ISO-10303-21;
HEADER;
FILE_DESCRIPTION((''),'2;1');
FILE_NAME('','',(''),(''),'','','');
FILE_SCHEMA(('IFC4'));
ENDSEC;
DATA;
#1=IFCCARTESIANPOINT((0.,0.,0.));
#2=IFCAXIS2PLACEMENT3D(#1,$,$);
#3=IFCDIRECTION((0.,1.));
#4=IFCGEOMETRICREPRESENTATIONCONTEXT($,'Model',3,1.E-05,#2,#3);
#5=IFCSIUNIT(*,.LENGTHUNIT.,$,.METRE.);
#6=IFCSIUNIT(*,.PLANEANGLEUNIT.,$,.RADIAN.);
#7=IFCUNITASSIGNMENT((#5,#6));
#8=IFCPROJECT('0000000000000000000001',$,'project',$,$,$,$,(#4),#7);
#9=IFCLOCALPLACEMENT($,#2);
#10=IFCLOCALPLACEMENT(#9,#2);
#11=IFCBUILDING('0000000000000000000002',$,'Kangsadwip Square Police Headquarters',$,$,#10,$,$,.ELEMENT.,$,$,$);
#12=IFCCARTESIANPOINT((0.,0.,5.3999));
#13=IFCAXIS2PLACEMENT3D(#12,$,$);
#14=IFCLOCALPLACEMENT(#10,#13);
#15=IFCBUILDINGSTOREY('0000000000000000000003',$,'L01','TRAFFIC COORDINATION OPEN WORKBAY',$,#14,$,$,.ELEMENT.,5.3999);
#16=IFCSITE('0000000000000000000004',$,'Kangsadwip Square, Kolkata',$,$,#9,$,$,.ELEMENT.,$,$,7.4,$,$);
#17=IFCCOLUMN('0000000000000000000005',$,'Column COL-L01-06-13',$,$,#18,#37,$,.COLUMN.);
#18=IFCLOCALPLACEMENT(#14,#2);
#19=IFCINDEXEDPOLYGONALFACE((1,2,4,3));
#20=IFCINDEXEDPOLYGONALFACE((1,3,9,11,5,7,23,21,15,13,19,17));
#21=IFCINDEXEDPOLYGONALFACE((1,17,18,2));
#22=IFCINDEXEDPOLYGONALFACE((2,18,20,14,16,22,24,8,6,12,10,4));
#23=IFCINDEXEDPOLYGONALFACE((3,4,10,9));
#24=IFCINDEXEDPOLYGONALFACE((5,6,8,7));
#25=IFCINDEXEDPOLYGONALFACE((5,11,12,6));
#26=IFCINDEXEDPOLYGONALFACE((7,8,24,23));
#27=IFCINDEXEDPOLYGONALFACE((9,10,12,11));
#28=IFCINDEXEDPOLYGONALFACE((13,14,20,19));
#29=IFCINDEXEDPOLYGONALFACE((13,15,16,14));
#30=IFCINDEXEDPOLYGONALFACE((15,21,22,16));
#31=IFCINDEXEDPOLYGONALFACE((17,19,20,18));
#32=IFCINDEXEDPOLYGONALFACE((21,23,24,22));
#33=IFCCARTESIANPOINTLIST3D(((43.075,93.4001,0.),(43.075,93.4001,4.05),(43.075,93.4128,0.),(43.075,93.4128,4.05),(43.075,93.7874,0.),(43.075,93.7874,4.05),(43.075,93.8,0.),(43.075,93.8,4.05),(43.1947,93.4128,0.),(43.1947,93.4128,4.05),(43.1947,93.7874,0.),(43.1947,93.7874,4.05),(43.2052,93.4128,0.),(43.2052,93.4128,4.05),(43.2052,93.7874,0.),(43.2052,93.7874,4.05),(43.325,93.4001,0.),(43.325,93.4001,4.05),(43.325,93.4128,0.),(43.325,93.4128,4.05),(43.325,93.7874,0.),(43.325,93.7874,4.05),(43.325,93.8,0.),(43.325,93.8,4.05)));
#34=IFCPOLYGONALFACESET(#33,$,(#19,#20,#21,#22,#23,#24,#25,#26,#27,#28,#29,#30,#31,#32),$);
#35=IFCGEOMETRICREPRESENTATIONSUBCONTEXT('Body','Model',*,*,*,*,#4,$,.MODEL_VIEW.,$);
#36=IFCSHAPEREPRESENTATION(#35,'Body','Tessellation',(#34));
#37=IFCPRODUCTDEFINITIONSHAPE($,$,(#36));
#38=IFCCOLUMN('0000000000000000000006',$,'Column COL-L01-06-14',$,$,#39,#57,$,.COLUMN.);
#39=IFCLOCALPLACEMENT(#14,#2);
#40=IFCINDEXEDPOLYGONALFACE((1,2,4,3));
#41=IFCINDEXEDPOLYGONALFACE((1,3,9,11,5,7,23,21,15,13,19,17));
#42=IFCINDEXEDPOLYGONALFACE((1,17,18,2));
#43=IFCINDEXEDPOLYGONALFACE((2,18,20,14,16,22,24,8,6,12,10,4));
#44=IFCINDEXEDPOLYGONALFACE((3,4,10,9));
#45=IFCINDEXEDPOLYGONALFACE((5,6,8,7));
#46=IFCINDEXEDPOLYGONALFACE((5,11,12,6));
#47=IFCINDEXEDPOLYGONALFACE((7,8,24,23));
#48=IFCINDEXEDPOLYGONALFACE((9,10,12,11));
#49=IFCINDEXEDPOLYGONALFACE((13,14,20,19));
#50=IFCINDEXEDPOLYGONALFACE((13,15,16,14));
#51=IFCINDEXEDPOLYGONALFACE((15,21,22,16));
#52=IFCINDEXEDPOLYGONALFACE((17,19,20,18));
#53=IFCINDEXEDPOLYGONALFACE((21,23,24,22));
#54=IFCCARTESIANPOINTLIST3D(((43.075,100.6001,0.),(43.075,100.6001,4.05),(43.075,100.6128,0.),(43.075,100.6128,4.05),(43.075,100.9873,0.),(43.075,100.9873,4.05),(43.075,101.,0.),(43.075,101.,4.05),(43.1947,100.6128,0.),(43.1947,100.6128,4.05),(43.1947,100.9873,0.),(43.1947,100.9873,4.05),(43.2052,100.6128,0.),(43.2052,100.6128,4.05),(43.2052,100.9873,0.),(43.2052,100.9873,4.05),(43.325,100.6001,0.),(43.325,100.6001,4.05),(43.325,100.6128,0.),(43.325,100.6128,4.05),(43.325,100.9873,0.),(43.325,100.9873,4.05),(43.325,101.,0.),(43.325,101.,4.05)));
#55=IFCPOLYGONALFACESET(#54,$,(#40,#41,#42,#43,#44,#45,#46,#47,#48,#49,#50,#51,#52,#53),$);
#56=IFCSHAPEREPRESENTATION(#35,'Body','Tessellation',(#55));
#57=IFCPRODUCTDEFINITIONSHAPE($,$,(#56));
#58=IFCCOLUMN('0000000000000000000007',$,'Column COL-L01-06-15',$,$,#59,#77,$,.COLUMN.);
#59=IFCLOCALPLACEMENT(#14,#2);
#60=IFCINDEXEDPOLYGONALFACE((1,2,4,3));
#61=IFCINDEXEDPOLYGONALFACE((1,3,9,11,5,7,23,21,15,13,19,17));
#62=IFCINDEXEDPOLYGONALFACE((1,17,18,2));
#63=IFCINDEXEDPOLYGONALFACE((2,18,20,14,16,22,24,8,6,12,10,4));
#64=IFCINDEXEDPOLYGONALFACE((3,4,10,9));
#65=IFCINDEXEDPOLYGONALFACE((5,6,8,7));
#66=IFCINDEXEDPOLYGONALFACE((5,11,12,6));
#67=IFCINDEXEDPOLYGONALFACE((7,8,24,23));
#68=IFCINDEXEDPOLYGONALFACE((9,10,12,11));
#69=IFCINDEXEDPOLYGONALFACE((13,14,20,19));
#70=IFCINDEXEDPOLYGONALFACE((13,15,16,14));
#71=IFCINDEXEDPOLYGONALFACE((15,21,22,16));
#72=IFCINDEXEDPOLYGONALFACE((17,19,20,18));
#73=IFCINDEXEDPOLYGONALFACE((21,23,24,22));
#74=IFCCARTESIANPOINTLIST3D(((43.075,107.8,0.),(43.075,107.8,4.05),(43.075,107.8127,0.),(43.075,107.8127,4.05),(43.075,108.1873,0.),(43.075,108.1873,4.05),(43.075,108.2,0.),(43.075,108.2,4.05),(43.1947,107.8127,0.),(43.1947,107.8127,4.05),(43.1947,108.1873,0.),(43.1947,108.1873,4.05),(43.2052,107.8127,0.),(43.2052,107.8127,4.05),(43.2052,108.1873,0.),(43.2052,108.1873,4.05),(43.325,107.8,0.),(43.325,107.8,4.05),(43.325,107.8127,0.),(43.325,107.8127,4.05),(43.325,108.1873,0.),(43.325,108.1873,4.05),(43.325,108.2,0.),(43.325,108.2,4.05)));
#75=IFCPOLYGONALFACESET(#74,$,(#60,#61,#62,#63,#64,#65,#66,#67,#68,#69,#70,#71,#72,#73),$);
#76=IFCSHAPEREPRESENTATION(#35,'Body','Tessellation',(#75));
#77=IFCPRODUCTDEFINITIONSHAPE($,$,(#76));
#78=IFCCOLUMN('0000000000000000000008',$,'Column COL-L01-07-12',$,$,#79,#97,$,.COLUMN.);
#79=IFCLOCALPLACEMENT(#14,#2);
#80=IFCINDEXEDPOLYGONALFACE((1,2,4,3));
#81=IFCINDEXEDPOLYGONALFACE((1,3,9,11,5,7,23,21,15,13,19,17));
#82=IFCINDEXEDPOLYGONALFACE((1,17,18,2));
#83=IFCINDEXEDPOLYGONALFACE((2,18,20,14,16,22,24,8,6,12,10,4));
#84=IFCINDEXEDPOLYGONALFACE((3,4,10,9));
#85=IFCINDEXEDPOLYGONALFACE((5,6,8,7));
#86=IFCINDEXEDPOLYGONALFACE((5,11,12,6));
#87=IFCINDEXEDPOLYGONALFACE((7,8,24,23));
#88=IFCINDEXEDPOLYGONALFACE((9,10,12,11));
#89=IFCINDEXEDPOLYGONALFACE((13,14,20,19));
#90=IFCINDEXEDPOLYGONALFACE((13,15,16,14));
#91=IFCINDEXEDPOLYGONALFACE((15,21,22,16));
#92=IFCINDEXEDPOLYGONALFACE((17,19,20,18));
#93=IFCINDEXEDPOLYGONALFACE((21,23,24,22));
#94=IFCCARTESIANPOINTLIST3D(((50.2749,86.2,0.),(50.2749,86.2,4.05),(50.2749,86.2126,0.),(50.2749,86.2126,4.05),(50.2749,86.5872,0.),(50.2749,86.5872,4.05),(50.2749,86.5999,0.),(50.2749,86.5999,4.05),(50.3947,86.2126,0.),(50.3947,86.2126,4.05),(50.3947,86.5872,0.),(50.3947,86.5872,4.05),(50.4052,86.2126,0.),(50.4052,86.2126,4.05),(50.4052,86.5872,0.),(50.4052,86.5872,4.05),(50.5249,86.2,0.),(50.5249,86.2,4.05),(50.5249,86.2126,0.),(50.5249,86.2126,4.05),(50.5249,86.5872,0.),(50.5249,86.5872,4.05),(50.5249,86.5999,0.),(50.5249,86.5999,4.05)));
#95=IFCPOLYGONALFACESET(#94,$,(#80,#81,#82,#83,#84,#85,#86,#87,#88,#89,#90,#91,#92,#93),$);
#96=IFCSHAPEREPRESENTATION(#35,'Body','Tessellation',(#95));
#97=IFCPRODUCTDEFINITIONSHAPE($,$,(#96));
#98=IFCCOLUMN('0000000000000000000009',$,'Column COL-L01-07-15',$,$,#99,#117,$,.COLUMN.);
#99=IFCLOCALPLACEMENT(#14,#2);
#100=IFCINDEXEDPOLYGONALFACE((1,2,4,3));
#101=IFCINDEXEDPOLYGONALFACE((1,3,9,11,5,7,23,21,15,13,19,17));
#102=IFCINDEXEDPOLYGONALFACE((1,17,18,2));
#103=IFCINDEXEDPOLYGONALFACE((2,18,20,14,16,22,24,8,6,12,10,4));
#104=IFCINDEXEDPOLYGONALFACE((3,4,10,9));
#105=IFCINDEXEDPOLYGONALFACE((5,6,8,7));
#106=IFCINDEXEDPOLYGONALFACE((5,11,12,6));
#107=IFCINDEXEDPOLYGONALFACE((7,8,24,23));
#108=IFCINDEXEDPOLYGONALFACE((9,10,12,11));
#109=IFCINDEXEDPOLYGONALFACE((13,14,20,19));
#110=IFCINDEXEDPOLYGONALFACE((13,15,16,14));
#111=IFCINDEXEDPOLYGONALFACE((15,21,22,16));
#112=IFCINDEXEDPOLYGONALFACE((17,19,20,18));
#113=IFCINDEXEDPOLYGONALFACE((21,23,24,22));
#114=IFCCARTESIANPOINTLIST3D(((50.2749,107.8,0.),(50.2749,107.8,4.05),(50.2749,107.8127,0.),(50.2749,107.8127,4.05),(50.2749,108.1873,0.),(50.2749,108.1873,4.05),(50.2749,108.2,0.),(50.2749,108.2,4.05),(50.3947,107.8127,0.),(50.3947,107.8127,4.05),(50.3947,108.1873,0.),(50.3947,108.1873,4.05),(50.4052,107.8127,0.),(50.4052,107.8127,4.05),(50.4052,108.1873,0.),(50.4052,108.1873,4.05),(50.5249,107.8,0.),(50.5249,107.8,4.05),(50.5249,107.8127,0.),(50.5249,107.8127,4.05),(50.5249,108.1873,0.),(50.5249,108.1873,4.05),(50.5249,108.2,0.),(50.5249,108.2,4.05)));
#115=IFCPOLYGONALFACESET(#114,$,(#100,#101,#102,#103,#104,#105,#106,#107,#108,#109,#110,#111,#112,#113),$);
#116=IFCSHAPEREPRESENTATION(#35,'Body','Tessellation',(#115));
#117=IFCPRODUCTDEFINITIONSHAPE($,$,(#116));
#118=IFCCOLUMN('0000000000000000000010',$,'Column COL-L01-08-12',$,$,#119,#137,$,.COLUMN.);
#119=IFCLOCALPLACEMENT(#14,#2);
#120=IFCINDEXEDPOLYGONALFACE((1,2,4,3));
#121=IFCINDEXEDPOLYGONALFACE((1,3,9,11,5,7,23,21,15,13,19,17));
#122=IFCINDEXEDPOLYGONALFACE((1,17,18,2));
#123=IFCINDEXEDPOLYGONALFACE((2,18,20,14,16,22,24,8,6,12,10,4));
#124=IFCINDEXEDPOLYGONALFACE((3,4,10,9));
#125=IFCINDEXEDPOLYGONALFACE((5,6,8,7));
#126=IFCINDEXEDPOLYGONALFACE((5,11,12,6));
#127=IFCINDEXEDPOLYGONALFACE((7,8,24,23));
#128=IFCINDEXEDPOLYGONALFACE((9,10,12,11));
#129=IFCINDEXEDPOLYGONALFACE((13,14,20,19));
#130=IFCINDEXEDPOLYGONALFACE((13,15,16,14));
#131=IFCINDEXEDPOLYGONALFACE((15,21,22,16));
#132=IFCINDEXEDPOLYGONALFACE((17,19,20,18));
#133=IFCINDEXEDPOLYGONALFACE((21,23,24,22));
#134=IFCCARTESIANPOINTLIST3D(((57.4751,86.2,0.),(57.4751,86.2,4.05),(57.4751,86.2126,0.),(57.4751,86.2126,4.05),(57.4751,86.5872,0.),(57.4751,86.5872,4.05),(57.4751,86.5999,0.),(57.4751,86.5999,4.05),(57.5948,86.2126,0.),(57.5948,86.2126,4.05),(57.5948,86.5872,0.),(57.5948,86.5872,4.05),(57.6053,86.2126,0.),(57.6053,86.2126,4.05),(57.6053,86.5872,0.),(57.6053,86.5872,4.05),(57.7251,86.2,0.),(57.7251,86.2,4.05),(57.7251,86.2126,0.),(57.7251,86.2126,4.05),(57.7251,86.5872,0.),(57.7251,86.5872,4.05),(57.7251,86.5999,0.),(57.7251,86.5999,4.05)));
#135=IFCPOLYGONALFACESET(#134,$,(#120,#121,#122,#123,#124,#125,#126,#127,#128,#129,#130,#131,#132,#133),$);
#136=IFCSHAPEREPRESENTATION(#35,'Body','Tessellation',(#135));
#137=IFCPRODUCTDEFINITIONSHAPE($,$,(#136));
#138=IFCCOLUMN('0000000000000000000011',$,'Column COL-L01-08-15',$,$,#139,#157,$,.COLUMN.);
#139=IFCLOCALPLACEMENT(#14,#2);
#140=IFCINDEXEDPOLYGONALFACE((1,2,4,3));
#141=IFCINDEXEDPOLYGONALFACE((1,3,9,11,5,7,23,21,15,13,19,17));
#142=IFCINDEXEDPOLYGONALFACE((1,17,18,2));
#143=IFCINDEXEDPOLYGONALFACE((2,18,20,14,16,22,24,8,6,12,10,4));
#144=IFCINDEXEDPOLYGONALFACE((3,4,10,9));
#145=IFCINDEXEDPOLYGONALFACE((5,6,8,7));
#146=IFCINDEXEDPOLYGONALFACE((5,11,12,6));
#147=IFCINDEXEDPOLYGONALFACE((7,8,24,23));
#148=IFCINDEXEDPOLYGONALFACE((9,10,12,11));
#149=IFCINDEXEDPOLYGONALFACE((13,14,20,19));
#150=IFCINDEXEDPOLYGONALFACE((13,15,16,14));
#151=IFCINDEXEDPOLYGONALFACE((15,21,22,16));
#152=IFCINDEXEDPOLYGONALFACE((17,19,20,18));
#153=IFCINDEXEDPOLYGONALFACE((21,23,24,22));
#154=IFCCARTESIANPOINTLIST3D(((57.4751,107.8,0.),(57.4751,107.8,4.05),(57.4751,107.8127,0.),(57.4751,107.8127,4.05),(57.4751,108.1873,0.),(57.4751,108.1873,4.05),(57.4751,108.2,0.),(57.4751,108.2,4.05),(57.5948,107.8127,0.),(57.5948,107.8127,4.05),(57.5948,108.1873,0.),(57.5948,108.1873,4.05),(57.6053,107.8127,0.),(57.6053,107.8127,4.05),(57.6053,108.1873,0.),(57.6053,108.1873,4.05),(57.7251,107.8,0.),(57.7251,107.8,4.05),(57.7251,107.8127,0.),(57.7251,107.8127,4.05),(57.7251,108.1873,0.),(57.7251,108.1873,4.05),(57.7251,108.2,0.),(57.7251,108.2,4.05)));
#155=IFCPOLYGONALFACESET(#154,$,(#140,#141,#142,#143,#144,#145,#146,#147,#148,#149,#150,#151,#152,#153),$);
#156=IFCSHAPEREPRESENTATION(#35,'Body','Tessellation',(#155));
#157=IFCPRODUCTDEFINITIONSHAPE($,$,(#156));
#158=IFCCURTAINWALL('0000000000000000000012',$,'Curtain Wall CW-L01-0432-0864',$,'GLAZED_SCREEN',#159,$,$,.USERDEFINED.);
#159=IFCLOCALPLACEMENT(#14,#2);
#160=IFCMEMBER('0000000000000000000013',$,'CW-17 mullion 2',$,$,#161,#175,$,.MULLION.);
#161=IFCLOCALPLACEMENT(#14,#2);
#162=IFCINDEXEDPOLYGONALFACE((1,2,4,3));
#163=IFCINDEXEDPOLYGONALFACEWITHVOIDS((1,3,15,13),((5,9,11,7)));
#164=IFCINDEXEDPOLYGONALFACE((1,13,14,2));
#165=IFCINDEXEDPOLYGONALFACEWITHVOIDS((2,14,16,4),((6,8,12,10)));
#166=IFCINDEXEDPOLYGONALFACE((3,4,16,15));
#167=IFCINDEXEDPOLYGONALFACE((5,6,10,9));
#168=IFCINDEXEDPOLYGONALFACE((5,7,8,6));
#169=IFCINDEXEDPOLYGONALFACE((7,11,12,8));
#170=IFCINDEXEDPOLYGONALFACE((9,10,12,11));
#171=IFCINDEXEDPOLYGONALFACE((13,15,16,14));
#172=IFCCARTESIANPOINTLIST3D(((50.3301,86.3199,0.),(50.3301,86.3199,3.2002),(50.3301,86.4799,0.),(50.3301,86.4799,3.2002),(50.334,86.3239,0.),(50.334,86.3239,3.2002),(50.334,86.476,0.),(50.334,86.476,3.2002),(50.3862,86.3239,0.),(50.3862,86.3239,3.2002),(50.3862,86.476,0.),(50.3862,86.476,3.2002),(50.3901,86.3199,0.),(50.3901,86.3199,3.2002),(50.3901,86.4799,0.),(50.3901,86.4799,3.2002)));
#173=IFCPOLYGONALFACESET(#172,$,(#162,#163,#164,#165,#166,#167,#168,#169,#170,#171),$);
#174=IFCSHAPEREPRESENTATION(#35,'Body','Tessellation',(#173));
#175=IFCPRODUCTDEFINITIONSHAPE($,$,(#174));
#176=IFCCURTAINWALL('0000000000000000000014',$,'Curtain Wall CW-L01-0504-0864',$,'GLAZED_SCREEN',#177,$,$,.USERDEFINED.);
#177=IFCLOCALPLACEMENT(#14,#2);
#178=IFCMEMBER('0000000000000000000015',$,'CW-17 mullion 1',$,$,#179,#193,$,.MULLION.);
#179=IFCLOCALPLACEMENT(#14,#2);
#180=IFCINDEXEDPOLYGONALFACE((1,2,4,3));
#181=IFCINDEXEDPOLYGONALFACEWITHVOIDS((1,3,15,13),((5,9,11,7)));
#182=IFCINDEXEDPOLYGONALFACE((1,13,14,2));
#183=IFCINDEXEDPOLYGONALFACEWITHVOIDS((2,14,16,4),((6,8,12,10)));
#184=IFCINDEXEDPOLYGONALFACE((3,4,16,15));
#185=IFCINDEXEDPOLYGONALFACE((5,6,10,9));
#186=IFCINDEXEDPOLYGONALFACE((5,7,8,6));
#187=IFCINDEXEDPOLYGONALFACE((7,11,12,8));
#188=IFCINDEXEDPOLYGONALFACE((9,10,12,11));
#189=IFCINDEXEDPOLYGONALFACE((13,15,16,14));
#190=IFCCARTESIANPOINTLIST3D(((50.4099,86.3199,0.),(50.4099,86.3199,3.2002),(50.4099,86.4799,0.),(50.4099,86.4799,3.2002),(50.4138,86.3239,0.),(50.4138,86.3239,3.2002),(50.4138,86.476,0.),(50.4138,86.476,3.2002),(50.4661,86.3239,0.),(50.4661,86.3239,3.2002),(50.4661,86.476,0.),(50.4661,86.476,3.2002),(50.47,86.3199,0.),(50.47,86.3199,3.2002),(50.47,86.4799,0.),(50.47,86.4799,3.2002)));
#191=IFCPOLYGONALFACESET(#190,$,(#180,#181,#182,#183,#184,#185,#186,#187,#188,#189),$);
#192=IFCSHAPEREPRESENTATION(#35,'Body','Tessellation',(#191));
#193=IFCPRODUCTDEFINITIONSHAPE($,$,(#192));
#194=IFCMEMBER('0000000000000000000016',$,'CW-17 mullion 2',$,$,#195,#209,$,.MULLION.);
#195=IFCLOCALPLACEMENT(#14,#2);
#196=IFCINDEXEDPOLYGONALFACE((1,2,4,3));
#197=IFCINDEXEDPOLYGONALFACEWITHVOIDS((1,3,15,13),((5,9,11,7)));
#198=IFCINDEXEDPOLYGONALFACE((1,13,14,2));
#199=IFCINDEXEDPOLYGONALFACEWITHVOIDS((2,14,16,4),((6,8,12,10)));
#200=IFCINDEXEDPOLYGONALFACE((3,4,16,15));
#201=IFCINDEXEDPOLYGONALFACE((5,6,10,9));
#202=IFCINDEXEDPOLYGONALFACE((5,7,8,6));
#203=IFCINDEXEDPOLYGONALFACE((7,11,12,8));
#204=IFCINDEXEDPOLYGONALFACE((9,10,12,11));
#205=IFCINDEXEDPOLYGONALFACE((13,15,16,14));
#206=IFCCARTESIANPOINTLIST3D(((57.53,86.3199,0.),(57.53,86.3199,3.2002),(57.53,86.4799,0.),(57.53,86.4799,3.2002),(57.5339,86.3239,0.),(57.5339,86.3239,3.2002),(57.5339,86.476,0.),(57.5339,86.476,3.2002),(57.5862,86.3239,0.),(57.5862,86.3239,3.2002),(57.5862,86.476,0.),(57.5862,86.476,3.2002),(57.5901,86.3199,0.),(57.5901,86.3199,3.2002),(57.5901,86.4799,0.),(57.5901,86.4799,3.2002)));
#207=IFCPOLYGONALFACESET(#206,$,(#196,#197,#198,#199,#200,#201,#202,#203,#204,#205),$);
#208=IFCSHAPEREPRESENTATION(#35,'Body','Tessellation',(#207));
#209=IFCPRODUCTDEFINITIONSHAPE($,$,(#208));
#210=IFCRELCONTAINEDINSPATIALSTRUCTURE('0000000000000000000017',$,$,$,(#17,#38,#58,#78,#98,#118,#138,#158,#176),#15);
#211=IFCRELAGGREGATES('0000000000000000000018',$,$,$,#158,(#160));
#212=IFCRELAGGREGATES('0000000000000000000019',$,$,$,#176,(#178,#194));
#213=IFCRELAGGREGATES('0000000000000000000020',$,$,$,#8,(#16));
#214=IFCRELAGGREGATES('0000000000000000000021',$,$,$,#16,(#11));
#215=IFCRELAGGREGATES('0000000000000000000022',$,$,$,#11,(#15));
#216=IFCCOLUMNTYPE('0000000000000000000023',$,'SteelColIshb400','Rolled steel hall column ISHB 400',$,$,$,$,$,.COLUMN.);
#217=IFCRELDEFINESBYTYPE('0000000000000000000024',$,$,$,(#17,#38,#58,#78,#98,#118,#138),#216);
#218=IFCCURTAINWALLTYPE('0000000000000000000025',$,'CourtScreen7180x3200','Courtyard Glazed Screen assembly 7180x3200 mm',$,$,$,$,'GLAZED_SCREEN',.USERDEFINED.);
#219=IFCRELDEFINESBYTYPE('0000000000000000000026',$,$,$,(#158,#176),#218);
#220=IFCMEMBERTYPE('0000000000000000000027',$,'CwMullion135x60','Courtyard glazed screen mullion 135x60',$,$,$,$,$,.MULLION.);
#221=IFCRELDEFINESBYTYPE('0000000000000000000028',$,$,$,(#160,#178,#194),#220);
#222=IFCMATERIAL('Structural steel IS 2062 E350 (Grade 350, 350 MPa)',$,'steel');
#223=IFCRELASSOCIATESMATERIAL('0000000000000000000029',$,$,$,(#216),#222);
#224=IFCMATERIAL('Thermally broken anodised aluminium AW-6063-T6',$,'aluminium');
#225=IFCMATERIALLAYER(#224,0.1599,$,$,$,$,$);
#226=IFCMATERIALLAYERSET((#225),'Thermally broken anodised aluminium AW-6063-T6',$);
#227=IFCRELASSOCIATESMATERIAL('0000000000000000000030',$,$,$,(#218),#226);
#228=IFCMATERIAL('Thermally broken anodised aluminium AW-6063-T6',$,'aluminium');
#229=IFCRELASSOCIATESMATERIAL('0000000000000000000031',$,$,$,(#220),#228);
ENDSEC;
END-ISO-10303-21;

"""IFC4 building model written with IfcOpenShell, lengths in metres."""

from ifc_helpers import new_model, si_unit, direction, frame, origin, origin_2d, place, context, subcontext, project, spatial, hollow_rectangle, i_section, extrude, material, layer, layer_set, material_profile, profile_set, type_object, element, aggregate, save


model = new_model("IFC4")

# Units and contexts
model_context = context("Model", 3, precision=1e-05, world=origin(), true_north=direction((0.0, 1.0)))
body_context = subcontext(model_context, "Body", "Model", "MODEL_VIEW")
ifc_project = project(units=[si_unit("LENGTHUNIT", "METRE"), si_unit("PLANEANGLEUNIT", "RADIAN")], contexts=[model_context])

# Site, building, storey
site_placement = place(None, origin())
site = spatial("IfcSite", under=ifc_project, at=site_placement, Name="Kangsadwip Square, Kolkata", CompositionType="ELEMENT", RefElevation=7.4)
building_placement = place(site_placement, origin())
building = spatial("IfcBuilding", under=site, at=building_placement, Name="Kangsadwip Square Police Headquarters", CompositionType="ELEMENT")
storey_placement = place(building_placement, frame((0.0, 0.0, 5.3999)))
storey = spatial("IfcBuildingStorey", under=building, at=storey_placement, Name="L01", Description="TRAFFIC COORDINATION OPEN WORKBAY", CompositionType="ELEMENT", Elevation=5.3999)

# Columns
ifc_material_1 = material(Name="Structural steel IS 2062 E350 (Grade 350, 350 MPa)", Category="steel")
ifc_material_profile_1 = material_profile(ifc_material_1, i_section(OverallWidth=0.25, OverallDepth=0.3999, WebThickness=0.0105, FlangeThickness=0.0127, at=origin_2d()), Name="ISHB 400")
ifc_profile_set_1 = profile_set([ifc_material_profile_1], Name="Structural steel IS 2062 E350 (Grade 350, 350 MPa)")
column_type = type_object("IfcColumnType", Name="SteelColIshb400", Description="Rolled steel hall column ISHB 400", PredefinedType="COLUMN", material=ifc_profile_set_1)
for number, where, z_axis, x_axis, name in (
    (1, (43.2, 93.6001, 0.0), (0.0, 0.0, 1.0), (1.0, 0.0, 0.0), "Column COL-L01-06-13"),
    (2, (43.2, 100.8, 0.0), (0.0, 0.0, 1.0), (1.0, 0.0, 0.0), "Column COL-L01-06-14"),
    (3, (43.2, 108.0, 0.0), (0.0, 0.0, 1.0), (1.0, 0.0, 0.0), "Column COL-L01-06-15"),
    (4, (50.3999, 86.3999, 0.0), (0.0, 0.0, 1.0), (1.0, 0.0, 0.0), "Column COL-L01-07-12"),
    (5, (50.3999, 108.0, 0.0), (0.0, 0.0, 1.0), (1.0, 0.0, 0.0), "Column COL-L01-07-15"),
    (6, (57.6001, 86.3999, 0.0), (0.0, 0.0, 1.0), (1.0, 0.0, 0.0), "Column COL-L01-08-12"),
    (7, (57.6001, 108.0, 0.0), (0.0, 0.0, 1.0), (1.0, 0.0, 0.0), "Column COL-L01-08-15"),
):
    element("IfcColumn", number, at=place(storey_placement, frame(where, z_axis=z_axis, x_axis=x_axis)), inside=storey, type_object=column_type, Name=name, PredefinedType="COLUMN", context=body_context, shape_type="SweptSolid", body=[
        extrude(i_section(OverallWidth=0.25, OverallDepth=0.3999, WebThickness=0.0105, FlangeThickness=0.0127, at=origin_2d()), origin(), (0.0, 0.0, 1.0), 4.05),
    ])

# Curtain wall, member
ifc_material_2 = material(Name="Thermally broken anodised aluminium AW-6063-T6", Category="aluminium")
ifc_layer_1 = layer(ifc_material_2, 0.1599)
ifc_layer_set_1 = layer_set([ifc_layer_1], Name="Thermally broken anodised aluminium AW-6063-T6")
curtain_wall_type = type_object("IfcCurtainWallType", Name="CourtScreen7180x3200", Description="Courtyard Glazed Screen assembly 7180x3200 mm", ElementType="GLAZED_SCREEN", PredefinedType="USERDEFINED", material=ifc_layer_set_1)
curtain_wall_1_placement = place(storey_placement, origin())
curtain_wall_1 = element("IfcCurtainWall", 8, at=curtain_wall_1_placement, inside=storey, type_object=curtain_wall_type, Name="Curtain Wall CW-L01-0432-0864", ObjectType="GLAZED_SCREEN", PredefinedType="USERDEFINED")
ifc_material_3 = material(Name="Thermally broken anodised aluminium AW-6063-T6", Category="aluminium")
ifc_material_profile_2 = material_profile(ifc_material_3, hollow_rectangle(XDim=0.0601, YDim=0.1599, WallThickness=0.0039, at=origin_2d()), Name="CWM 160X60X4")
ifc_profile_set_2 = profile_set([ifc_material_profile_2], Name="Thermally broken anodised aluminium AW-6063-T6")
member_type_1 = type_object("IfcMemberType", Name="CwMullion135x60", Description="Courtyard glazed screen mullion 135x60", PredefinedType="MULLION", material=ifc_profile_set_2)
member_1_placement = place(storey_placement, frame((50.3601, 86.3999, 0.0), z_axis=(0.0, 0.0, 1.0), x_axis=(1.0, 0.0, 0.0)))
member_1 = element("IfcMember", 9, at=member_1_placement, type_object=member_type_1, Name="CW-17 mullion 2", PredefinedType="MULLION", context=body_context, shape_type="SweptSolid", body=[
    extrude(hollow_rectangle(XDim=0.0601, YDim=0.1599, WallThickness=0.0039, at=origin_2d()), origin(), (0.0, 0.0, 1.0), 3.2002),
])
aggregate(curtain_wall_1, [member_1])

# Curtain wall, members
curtain_wall_2_placement = place(storey_placement, origin())
curtain_wall_2 = element("IfcCurtainWall", 10, at=curtain_wall_2_placement, inside=storey, type_object=curtain_wall_type, Name="Curtain Wall CW-L01-0504-0864", ObjectType="GLAZED_SCREEN", PredefinedType="USERDEFINED")
member_2_placement = place(storey_placement, frame((50.4399, 86.3999, 0.0), z_axis=(0.0, 0.0, 1.0), x_axis=(1.0, 0.0, 0.0)))
member_2 = element("IfcMember", 11, at=member_2_placement, type_object=member_type_1, Name="CW-17 mullion 1", PredefinedType="MULLION", context=body_context, shape_type="SweptSolid", body=[
    extrude(hollow_rectangle(XDim=0.0601, YDim=0.1599, WallThickness=0.0039, at=origin_2d()), origin(), (0.0, 0.0, 1.0), 3.2002),
])
member_3_placement = place(storey_placement, frame((57.5601, 86.3999, 0.0), z_axis=(0.0, 0.0, 1.0), x_axis=(1.0, 0.0, 0.0)))
member_3 = element("IfcMember", 12, at=member_3_placement, type_object=member_type_1, Name="CW-17 mullion 2", PredefinedType="MULLION", context=body_context, shape_type="SweptSolid", body=[
    extrude(hollow_rectangle(XDim=0.0601, YDim=0.1599, WallThickness=0.0039, at=origin_2d()), origin(), (0.0, 0.0, 1.0), 3.2002),
])

aggregate(curtain_wall_2, [member_2, member_3])

save(model, "model.ifc")
